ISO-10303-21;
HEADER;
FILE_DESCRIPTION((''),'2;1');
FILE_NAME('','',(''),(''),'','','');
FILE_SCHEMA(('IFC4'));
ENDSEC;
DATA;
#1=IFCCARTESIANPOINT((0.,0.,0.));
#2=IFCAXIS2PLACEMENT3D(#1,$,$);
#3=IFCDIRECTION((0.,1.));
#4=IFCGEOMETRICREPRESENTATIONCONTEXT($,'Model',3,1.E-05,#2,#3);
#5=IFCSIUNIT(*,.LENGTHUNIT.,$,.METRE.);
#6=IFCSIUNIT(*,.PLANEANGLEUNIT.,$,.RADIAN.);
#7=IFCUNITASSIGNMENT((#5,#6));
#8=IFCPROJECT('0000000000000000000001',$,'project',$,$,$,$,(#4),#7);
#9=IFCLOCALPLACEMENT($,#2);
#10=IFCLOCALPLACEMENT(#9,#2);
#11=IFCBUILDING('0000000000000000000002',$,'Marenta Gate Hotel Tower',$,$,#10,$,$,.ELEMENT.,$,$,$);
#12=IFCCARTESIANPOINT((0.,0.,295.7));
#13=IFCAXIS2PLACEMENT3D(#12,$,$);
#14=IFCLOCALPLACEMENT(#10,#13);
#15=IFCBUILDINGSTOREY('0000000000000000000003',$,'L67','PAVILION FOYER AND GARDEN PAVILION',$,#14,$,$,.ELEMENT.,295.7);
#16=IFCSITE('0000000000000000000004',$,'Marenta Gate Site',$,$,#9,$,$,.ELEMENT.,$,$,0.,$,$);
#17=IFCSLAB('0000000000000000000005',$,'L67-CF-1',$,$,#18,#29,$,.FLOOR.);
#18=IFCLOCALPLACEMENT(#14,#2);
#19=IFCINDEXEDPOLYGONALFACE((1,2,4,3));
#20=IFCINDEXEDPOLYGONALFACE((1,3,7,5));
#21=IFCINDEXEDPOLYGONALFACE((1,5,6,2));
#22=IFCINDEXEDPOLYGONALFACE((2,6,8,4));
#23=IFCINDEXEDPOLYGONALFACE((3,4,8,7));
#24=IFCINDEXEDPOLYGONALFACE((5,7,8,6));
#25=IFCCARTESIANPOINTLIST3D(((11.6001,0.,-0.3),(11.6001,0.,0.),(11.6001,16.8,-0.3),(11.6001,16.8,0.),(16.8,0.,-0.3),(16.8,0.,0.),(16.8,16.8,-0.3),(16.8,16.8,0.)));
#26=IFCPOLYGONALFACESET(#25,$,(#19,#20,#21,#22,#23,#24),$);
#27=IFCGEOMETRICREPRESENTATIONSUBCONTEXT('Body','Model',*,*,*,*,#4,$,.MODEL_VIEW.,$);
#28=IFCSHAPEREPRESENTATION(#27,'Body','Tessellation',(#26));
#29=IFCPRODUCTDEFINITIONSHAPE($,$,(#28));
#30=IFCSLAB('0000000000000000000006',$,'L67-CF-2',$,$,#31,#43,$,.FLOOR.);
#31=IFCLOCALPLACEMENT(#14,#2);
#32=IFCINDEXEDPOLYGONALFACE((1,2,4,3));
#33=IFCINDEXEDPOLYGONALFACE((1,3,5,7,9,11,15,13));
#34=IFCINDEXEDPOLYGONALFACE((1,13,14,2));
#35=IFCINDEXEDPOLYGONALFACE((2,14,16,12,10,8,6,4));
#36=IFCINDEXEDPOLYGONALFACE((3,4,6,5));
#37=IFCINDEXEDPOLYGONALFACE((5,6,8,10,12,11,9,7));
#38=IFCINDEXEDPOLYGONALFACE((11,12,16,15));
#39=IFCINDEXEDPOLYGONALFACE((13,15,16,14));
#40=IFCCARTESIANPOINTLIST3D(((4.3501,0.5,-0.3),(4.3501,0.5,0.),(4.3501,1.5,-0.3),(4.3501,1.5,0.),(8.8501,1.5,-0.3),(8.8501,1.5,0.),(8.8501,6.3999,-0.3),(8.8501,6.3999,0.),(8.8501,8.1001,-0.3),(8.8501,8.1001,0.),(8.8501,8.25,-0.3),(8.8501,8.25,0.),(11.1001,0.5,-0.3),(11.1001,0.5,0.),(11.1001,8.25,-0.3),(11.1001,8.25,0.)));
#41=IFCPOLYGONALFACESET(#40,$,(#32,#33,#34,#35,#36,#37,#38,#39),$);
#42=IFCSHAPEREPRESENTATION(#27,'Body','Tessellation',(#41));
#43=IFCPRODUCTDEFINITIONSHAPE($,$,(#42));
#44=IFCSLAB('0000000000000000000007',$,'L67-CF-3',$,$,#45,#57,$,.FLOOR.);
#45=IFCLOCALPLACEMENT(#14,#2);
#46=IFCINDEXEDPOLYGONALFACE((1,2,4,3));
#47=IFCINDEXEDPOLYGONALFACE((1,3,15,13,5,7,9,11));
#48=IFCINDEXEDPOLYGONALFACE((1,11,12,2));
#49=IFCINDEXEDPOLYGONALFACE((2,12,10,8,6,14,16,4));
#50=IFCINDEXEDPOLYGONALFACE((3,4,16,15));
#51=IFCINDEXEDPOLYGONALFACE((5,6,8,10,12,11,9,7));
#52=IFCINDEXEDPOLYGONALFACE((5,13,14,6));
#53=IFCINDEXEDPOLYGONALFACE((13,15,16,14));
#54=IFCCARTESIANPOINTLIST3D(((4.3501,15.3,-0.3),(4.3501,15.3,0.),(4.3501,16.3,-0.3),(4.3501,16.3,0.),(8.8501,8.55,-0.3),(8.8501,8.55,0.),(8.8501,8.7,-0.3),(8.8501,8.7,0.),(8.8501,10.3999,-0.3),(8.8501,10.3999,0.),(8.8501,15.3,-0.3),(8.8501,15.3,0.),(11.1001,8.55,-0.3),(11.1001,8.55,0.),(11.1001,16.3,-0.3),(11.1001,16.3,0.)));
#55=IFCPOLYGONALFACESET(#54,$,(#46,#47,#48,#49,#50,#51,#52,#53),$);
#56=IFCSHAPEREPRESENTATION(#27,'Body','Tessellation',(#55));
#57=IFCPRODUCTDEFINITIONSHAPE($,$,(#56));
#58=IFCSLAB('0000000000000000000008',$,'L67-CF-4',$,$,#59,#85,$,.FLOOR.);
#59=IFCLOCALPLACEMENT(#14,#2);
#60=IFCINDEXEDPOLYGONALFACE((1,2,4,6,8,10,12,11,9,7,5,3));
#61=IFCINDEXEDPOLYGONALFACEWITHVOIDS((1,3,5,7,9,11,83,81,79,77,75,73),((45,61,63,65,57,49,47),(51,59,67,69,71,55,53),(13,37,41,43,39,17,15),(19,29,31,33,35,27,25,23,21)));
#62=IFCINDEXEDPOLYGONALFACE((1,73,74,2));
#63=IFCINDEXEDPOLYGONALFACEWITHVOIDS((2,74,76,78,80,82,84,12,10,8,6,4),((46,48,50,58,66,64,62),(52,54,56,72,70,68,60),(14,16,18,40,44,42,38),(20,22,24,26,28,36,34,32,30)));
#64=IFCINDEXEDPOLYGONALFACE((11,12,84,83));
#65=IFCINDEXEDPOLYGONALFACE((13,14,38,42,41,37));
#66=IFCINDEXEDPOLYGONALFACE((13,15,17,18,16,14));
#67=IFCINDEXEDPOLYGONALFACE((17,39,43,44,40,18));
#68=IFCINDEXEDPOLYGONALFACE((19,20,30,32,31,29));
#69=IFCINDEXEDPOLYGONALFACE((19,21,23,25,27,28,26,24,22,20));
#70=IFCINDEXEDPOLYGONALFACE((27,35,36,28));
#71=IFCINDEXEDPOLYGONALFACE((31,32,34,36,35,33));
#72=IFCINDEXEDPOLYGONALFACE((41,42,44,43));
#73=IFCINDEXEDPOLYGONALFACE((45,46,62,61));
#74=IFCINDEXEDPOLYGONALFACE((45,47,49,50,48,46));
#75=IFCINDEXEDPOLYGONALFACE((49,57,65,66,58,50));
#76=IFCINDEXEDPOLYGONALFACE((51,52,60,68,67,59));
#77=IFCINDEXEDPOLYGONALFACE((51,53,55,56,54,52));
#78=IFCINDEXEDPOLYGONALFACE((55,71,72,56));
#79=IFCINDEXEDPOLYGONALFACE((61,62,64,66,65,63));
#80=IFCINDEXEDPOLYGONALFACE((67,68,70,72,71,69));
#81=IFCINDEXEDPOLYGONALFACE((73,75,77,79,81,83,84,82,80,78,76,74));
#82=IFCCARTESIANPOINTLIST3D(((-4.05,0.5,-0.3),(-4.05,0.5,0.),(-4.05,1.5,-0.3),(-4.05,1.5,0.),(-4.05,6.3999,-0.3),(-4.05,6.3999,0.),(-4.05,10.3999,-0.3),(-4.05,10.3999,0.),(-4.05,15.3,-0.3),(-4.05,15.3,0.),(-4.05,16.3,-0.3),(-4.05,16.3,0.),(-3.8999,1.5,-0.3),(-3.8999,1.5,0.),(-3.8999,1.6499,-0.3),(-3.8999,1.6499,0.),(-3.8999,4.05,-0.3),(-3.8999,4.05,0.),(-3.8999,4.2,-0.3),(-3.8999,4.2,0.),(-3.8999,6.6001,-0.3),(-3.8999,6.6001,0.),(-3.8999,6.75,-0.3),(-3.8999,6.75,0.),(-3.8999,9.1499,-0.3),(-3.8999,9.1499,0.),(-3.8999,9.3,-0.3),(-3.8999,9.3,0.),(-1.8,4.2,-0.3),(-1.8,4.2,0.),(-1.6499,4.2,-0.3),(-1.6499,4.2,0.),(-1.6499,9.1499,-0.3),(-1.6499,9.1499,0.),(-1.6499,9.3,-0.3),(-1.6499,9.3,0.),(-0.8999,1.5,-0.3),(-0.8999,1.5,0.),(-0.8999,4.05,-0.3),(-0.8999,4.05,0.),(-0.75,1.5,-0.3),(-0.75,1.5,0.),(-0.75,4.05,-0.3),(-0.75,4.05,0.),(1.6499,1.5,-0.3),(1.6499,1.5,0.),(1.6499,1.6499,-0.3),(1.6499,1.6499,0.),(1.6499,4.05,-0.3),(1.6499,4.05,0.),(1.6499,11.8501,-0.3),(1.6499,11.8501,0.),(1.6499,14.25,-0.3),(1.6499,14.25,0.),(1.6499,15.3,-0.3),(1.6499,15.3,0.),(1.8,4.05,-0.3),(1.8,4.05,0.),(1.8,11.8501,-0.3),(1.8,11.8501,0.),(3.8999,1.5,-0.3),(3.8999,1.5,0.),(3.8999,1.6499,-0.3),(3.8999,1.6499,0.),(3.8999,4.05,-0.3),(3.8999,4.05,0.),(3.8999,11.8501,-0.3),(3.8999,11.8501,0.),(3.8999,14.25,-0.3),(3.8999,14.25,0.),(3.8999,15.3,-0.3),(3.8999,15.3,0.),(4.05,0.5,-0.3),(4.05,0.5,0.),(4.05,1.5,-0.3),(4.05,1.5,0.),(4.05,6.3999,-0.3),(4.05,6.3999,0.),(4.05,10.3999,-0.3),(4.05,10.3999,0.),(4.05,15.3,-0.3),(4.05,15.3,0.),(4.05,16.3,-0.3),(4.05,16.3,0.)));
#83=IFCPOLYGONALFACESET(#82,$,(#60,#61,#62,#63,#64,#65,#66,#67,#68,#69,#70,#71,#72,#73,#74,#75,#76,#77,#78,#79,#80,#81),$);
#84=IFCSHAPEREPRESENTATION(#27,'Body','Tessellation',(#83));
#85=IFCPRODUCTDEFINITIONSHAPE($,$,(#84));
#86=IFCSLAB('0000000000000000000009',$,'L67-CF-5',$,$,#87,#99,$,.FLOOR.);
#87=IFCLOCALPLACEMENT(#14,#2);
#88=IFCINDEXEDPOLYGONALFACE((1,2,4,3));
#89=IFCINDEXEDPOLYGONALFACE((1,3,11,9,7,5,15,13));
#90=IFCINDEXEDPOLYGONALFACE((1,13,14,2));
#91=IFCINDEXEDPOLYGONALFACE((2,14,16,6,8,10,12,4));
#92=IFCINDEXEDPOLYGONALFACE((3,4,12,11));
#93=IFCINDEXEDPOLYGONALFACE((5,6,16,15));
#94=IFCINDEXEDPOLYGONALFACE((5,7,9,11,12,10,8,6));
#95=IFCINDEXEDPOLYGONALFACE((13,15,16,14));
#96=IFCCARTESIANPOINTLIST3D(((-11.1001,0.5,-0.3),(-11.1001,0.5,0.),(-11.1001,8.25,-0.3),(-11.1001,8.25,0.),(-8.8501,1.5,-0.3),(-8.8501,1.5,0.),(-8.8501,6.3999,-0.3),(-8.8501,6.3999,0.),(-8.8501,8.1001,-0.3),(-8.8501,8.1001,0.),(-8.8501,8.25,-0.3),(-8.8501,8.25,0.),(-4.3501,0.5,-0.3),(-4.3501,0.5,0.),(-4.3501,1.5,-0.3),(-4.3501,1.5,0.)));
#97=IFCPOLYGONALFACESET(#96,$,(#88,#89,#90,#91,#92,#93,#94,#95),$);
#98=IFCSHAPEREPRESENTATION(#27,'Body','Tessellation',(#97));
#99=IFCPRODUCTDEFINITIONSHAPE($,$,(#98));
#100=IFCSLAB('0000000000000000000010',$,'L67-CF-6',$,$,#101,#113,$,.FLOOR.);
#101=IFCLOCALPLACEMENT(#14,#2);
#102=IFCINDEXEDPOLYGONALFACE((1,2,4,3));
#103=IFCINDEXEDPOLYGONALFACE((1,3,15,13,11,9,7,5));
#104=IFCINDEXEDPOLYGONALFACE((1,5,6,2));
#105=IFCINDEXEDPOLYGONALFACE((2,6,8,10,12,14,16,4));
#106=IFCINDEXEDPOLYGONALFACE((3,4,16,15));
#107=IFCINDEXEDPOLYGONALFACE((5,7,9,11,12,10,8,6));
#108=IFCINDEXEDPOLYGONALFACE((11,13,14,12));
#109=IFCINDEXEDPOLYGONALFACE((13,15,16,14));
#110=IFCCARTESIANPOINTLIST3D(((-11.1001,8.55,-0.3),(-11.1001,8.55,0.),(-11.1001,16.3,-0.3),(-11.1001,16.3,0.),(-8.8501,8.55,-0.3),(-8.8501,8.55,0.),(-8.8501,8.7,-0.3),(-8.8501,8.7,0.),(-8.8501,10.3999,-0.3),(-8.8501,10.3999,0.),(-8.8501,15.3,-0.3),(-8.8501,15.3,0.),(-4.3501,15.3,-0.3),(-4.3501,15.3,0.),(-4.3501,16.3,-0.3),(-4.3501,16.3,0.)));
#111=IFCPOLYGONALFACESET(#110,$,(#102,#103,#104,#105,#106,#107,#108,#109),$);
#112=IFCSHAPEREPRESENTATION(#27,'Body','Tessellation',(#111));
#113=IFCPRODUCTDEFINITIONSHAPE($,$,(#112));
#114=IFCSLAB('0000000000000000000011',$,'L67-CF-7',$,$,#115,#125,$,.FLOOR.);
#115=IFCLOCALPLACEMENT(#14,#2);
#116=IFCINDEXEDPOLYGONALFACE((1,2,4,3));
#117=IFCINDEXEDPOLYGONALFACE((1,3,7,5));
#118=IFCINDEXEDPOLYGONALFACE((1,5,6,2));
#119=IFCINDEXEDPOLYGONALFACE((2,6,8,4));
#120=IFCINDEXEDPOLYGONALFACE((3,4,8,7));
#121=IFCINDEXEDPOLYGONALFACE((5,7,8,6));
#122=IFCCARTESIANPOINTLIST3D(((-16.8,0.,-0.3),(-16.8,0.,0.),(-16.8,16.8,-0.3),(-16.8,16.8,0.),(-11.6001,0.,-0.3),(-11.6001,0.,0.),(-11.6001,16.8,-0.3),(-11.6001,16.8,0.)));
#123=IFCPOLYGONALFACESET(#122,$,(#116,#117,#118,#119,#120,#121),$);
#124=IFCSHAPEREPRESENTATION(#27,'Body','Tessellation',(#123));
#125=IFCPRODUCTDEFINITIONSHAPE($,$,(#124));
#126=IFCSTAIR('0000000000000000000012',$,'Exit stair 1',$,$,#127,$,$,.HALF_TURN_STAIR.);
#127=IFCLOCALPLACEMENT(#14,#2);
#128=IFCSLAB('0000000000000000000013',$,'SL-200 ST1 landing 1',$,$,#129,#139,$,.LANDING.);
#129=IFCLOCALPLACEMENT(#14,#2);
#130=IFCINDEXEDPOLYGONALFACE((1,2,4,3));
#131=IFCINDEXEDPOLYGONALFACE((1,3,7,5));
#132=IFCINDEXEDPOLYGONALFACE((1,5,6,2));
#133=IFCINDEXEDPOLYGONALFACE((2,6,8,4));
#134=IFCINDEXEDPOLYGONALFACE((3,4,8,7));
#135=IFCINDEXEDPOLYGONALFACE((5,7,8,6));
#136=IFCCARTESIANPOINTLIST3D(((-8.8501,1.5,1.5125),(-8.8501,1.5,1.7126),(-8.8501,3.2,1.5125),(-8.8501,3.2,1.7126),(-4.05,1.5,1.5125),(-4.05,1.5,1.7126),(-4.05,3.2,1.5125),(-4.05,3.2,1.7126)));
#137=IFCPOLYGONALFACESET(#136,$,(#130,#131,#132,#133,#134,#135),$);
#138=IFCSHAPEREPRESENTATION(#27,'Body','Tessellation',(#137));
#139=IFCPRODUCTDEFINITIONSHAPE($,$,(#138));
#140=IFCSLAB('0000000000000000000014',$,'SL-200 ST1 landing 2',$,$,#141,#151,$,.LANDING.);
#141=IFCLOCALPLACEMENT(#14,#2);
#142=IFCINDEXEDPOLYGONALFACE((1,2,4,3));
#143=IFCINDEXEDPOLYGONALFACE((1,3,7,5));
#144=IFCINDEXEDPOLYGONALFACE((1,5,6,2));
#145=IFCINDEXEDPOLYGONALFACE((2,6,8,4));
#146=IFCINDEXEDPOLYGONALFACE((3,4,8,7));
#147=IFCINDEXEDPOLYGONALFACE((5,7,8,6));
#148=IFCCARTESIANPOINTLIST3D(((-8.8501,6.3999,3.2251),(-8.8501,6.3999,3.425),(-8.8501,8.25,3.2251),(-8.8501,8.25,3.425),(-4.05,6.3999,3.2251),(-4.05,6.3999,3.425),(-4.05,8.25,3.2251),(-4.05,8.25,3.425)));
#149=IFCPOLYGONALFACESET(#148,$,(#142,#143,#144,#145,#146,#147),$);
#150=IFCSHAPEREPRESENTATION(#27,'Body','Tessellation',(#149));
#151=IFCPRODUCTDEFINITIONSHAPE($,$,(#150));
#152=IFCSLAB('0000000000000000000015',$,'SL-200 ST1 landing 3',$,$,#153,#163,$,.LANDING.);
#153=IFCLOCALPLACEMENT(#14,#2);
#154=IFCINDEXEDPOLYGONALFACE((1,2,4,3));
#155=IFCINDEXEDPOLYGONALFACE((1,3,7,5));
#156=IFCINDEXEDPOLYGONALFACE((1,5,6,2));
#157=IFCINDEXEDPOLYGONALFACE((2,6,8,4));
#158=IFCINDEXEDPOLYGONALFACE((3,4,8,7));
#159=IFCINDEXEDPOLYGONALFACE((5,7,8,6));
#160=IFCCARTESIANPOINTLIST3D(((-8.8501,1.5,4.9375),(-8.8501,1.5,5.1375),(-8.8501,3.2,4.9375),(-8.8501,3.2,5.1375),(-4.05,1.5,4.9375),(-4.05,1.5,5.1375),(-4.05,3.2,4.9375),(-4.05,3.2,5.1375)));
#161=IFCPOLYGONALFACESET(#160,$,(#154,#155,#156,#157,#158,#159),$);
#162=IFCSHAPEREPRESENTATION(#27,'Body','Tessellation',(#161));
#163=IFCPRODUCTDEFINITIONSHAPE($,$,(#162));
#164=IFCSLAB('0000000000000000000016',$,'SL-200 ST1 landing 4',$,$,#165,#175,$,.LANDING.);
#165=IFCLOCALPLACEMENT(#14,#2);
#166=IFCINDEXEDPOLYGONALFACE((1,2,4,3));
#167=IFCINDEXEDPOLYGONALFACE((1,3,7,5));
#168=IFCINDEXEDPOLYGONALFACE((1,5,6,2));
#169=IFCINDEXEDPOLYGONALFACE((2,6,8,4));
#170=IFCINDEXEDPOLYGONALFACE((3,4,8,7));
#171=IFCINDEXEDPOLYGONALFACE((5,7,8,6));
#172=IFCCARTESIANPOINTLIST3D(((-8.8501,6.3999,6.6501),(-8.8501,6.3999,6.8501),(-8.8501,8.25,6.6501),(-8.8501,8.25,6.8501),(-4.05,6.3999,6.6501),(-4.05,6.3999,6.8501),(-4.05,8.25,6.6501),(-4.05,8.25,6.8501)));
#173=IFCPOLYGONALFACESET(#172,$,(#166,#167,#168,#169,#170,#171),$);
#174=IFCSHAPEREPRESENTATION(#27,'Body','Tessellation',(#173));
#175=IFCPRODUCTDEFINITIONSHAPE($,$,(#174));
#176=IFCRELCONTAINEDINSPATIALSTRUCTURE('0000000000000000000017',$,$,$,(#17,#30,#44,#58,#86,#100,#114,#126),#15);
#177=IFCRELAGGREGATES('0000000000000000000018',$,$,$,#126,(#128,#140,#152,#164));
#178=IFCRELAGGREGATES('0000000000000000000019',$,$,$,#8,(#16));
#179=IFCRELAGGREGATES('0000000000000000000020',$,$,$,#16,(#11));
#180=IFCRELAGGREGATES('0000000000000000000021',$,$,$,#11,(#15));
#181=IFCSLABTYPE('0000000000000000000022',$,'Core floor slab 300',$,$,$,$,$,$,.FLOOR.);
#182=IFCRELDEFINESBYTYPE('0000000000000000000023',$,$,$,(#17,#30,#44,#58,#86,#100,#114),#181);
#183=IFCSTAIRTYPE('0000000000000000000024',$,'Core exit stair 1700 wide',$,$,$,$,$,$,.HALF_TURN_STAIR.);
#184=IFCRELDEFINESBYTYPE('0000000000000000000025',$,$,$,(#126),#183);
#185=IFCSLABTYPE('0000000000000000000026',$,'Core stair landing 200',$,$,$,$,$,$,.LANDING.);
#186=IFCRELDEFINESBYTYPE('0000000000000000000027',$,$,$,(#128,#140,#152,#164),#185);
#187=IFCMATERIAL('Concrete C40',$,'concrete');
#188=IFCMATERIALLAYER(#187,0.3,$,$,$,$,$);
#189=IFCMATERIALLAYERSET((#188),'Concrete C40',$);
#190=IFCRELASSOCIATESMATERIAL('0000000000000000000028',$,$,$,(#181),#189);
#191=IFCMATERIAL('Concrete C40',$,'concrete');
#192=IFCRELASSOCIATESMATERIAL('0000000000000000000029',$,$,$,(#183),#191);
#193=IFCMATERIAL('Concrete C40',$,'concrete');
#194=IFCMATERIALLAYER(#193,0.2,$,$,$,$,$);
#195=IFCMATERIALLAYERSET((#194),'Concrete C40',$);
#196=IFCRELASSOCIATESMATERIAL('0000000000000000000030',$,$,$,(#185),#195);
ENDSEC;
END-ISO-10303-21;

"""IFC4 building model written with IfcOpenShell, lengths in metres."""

from ifc_helpers import new_model, si_unit, direction, frame, origin, place, context, subcontext, project, spatial, polyline, outline, extrude, material, layer, layer_set, type_object, element, aggregate, save


model = new_model("IFC4")

# Units and contexts
model_context = context("Model", 3, precision=1e-05, world=origin(), true_north=direction((0.0, 1.0)))
body_context = subcontext(model_context, "Body", "Model", "MODEL_VIEW")
ifc_project = project(units=[si_unit("LENGTHUNIT", "METRE"), si_unit("PLANEANGLEUNIT", "RADIAN")], contexts=[model_context])

# Site, building, storey
site_placement = place(None, origin())
site = spatial("IfcSite", under=ifc_project, at=site_placement, Name="Marenta Gate Site", CompositionType="ELEMENT", RefElevation=0.0)
building_placement = place(site_placement, origin())
building = spatial("IfcBuilding", under=site, at=building_placement, Name="Marenta Gate Hotel Tower", CompositionType="ELEMENT")
storey_placement = place(building_placement, frame((0.0, 0.0, 295.7)))
storey = spatial("IfcBuildingStorey", under=building, at=storey_placement, Name="L67", Description="PAVILION FOYER AND GARDEN PAVILION", CompositionType="ELEMENT", Elevation=295.7)

# Slabs
ifc_material_1 = material(Name="Concrete C40", Category="concrete")
ifc_layer_1 = layer(ifc_material_1, 0.3)
ifc_layer_set_1 = layer_set([ifc_layer_1], Name="Concrete C40")
slab_type_1 = type_object("IfcSlabType", Name="Core floor slab 300", PredefinedType="FLOOR", material=ifc_layer_set_1)
slab_1_placement = place(storey_placement, frame((0.0, 0.0, -0.3)))
element("IfcSlab", 1, at=slab_1_placement, inside=storey, type_object=slab_type_1, Name="L67-CF-1", PredefinedType="FLOOR", context=body_context, shape_type="SweptSolid", body=[
    extrude(outline(polyline([(11.6001, 0.0), (11.6001, 16.8), (16.8, 16.8), (16.8, 0.0), (11.6001, 0.0)])), origin(), (0.0, 0.0, 1.0), 0.3),
])
slab_2_placement = place(storey_placement, frame((0.0, 0.0, -0.3)))
element("IfcSlab", 2, at=slab_2_placement, inside=storey, type_object=slab_type_1, Name="L67-CF-2", PredefinedType="FLOOR", context=body_context, shape_type="SweptSolid", body=[
    extrude(outline(polyline([(8.8501, 1.5), (8.8501, 6.3999), (8.8501, 8.1001), (8.8501, 8.25), (11.1001, 8.25), (11.1001, 0.5), (4.3501, 0.5), (4.3501, 1.5), (8.8501, 1.5)])), origin(), (0.0, 0.0, 1.0), 0.3),
])
slab_3_placement = place(storey_placement, frame((0.0, 0.0, -0.3)))
element("IfcSlab", 3, at=slab_3_placement, inside=storey, type_object=slab_type_1, Name="L67-CF-3", PredefinedType="FLOOR", context=body_context, shape_type="SweptSolid", body=[
    extrude(outline(polyline([(8.8501, 15.3), (4.3501, 15.3), (4.3501, 16.3), (11.1001, 16.3), (11.1001, 8.55), (8.8501, 8.55), (8.8501, 8.7), (8.8501, 10.3999), (8.8501, 15.3)])), origin(), (0.0, 0.0, 1.0), 0.3),
])
slab_4_placement = place(storey_placement, frame((0.0, 0.0, -0.3)))
element("IfcSlab", 4, at=slab_4_placement, inside=storey, type_object=slab_type_1, Name="L67-CF-4", PredefinedType="FLOOR", context=body_context, shape_type="SweptSolid", body=[
    extrude(outline(polyline([(4.05, 15.3), (4.05, 10.3999), (4.05, 6.3999), (4.05, 1.5), (4.05, 0.5), (-4.05, 0.5), (-4.05, 1.5), (-4.05, 6.3999), (-4.05, 10.3999), (-4.05, 15.3), (-4.05, 16.3), (4.05, 16.3), (4.05, 15.3)]), holes=[polyline([(1.6499, 1.6499), (1.6499, 1.5), (3.8999, 1.5), (3.8999, 1.6499), (3.8999, 4.05), (1.8, 4.05), (1.6499, 4.05), (1.6499, 1.6499)]), polyline([(1.6499, 14.25), (1.6499, 11.8501), (1.8, 11.8501), (3.8999, 11.8501), (3.8999, 14.25), (3.8999, 15.3), (1.6499, 15.3), (1.6499, 14.25)]), polyline([(-3.8999, 1.5), (-0.8999, 1.5), (-0.75, 1.5), (-0.75, 4.05), (-0.8999, 4.05), (-3.8999, 4.05), (-3.8999, 1.6499), (-3.8999, 1.5)]), polyline([(-1.8, 4.2), (-1.6499, 4.2), (-1.6499, 9.1499), (-1.6499, 9.3), (-3.8999, 9.3), (-3.8999, 9.1499), (-3.8999, 6.75), (-3.8999, 6.6001), (-3.8999, 4.2), (-1.8, 4.2)])]), origin(), (0.0, 0.0, 1.0), 0.3),
])
slab_5_placement = place(storey_placement, frame((0.0, 0.0, -0.3)))
element("IfcSlab", 5, at=slab_5_placement, inside=storey, type_object=slab_type_1, Name="L67-CF-5", PredefinedType="FLOOR", context=body_context, shape_type="SweptSolid", body=[
    extrude(outline(polyline([(-8.8501, 8.25), (-8.8501, 8.1001), (-8.8501, 6.3999), (-8.8501, 1.5), (-4.3501, 1.5), (-4.3501, 0.5), (-11.1001, 0.5), (-11.1001, 8.25), (-8.8501, 8.25)])), origin(), (0.0, 0.0, 1.0), 0.3),
])
slab_6_placement = place(storey_placement, frame((0.0, 0.0, -0.3)))
element("IfcSlab", 6, at=slab_6_placement, inside=storey, type_object=slab_type_1, Name="L67-CF-6", PredefinedType="FLOOR", context=body_context, shape_type="SweptSolid", body=[
    extrude(outline(polyline([(-4.3501, 15.3), (-8.8501, 15.3), (-8.8501, 10.3999), (-8.8501, 8.7), (-8.8501, 8.55), (-11.1001, 8.55), (-11.1001, 16.3), (-4.3501, 16.3), (-4.3501, 15.3)])), origin(), (0.0, 0.0, 1.0), 0.3),
])
slab_7_placement = place(storey_placement, frame((0.0, 0.0, -0.3)))
element("IfcSlab", 7, at=slab_7_placement, inside=storey, type_object=slab_type_1, Name="L67-CF-7", PredefinedType="FLOOR", context=body_context, shape_type="SweptSolid", body=[
    extrude(outline(polyline([(-11.6001, 16.8), (-11.6001, 0.0), (-16.8, 0.0), (-16.8, 16.8), (-11.6001, 16.8)])), origin(), (0.0, 0.0, 1.0), 0.3),
])

# Stair, slabs
ifc_material_2 = material(Name="Concrete C40", Category="concrete")
stair_type = type_object("IfcStairType", Name="Core exit stair 1700 wide", PredefinedType="HALF_TURN_STAIR", material=ifc_material_2)
stair_placement = place(storey_placement, origin())
stair = element("IfcStair", 8, at=stair_placement, inside=storey, type_object=stair_type, Name="Exit stair 1", PredefinedType="HALF_TURN_STAIR")
ifc_material_3 = material(Name="Concrete C40", Category="concrete")
ifc_layer_2 = layer(ifc_material_3, 0.2)
ifc_layer_set_2 = layer_set([ifc_layer_2], Name="Concrete C40")
slab_type_2 = type_object("IfcSlabType", Name="Core stair landing 200", PredefinedType="LANDING", material=ifc_layer_set_2)
slab_8_placement = place(storey_placement, frame((0.0, 0.0, 1.5125)))
slab_8 = element("IfcSlab", 9, at=slab_8_placement, type_object=slab_type_2, Name="SL-200 ST1 landing 1", PredefinedType="LANDING", context=body_context, shape_type="SweptSolid", body=[
    extrude(outline(polyline([(-8.8501, 1.5), (-4.05, 1.5), (-4.05, 3.2), (-8.8501, 3.2), (-8.8501, 1.5)])), origin(), (0.0, 0.0, 1.0), 0.2002),
])
slab_9_placement = place(storey_placement, frame((0.0, 0.0, 3.2251)))
slab_9 = element("IfcSlab", 10, at=slab_9_placement, type_object=slab_type_2, Name="SL-200 ST1 landing 2", PredefinedType="LANDING", context=body_context, shape_type="SweptSolid", body=[
    extrude(outline(polyline([(-8.8501, 6.3999), (-4.05, 6.3999), (-4.05, 8.25), (-8.8501, 8.25), (-8.8501, 6.3999)])), origin(), (0.0, 0.0, 1.0), 0.2),
])
slab_10_placement = place(storey_placement, frame((0.0, 0.0, 4.9375)))
slab_10 = element("IfcSlab", 11, at=slab_10_placement, type_object=slab_type_2, Name="SL-200 ST1 landing 3", PredefinedType="LANDING", context=body_context, shape_type="SweptSolid", body=[
    extrude(outline(polyline([(-8.8501, 1.5), (-4.05, 1.5), (-4.05, 3.2), (-8.8501, 3.2), (-8.8501, 1.5)])), origin(), (0.0, 0.0, 1.0), 0.2),
])
slab_11_placement = place(storey_placement, frame((0.0, 0.0, 6.6501)))
slab_11 = element("IfcSlab", 12, at=slab_11_placement, type_object=slab_type_2, Name="SL-200 ST1 landing 4", PredefinedType="LANDING", context=body_context, shape_type="SweptSolid", body=[
    extrude(outline(polyline([(-8.8501, 6.3999), (-4.05, 6.3999), (-4.05, 8.25), (-8.8501, 8.25), (-8.8501, 6.3999)])), origin(), (0.0, 0.0, 1.0), 0.2),
])

aggregate(stair, [slab_8, slab_9, slab_10, slab_11])

save(model, "model.ifc")
